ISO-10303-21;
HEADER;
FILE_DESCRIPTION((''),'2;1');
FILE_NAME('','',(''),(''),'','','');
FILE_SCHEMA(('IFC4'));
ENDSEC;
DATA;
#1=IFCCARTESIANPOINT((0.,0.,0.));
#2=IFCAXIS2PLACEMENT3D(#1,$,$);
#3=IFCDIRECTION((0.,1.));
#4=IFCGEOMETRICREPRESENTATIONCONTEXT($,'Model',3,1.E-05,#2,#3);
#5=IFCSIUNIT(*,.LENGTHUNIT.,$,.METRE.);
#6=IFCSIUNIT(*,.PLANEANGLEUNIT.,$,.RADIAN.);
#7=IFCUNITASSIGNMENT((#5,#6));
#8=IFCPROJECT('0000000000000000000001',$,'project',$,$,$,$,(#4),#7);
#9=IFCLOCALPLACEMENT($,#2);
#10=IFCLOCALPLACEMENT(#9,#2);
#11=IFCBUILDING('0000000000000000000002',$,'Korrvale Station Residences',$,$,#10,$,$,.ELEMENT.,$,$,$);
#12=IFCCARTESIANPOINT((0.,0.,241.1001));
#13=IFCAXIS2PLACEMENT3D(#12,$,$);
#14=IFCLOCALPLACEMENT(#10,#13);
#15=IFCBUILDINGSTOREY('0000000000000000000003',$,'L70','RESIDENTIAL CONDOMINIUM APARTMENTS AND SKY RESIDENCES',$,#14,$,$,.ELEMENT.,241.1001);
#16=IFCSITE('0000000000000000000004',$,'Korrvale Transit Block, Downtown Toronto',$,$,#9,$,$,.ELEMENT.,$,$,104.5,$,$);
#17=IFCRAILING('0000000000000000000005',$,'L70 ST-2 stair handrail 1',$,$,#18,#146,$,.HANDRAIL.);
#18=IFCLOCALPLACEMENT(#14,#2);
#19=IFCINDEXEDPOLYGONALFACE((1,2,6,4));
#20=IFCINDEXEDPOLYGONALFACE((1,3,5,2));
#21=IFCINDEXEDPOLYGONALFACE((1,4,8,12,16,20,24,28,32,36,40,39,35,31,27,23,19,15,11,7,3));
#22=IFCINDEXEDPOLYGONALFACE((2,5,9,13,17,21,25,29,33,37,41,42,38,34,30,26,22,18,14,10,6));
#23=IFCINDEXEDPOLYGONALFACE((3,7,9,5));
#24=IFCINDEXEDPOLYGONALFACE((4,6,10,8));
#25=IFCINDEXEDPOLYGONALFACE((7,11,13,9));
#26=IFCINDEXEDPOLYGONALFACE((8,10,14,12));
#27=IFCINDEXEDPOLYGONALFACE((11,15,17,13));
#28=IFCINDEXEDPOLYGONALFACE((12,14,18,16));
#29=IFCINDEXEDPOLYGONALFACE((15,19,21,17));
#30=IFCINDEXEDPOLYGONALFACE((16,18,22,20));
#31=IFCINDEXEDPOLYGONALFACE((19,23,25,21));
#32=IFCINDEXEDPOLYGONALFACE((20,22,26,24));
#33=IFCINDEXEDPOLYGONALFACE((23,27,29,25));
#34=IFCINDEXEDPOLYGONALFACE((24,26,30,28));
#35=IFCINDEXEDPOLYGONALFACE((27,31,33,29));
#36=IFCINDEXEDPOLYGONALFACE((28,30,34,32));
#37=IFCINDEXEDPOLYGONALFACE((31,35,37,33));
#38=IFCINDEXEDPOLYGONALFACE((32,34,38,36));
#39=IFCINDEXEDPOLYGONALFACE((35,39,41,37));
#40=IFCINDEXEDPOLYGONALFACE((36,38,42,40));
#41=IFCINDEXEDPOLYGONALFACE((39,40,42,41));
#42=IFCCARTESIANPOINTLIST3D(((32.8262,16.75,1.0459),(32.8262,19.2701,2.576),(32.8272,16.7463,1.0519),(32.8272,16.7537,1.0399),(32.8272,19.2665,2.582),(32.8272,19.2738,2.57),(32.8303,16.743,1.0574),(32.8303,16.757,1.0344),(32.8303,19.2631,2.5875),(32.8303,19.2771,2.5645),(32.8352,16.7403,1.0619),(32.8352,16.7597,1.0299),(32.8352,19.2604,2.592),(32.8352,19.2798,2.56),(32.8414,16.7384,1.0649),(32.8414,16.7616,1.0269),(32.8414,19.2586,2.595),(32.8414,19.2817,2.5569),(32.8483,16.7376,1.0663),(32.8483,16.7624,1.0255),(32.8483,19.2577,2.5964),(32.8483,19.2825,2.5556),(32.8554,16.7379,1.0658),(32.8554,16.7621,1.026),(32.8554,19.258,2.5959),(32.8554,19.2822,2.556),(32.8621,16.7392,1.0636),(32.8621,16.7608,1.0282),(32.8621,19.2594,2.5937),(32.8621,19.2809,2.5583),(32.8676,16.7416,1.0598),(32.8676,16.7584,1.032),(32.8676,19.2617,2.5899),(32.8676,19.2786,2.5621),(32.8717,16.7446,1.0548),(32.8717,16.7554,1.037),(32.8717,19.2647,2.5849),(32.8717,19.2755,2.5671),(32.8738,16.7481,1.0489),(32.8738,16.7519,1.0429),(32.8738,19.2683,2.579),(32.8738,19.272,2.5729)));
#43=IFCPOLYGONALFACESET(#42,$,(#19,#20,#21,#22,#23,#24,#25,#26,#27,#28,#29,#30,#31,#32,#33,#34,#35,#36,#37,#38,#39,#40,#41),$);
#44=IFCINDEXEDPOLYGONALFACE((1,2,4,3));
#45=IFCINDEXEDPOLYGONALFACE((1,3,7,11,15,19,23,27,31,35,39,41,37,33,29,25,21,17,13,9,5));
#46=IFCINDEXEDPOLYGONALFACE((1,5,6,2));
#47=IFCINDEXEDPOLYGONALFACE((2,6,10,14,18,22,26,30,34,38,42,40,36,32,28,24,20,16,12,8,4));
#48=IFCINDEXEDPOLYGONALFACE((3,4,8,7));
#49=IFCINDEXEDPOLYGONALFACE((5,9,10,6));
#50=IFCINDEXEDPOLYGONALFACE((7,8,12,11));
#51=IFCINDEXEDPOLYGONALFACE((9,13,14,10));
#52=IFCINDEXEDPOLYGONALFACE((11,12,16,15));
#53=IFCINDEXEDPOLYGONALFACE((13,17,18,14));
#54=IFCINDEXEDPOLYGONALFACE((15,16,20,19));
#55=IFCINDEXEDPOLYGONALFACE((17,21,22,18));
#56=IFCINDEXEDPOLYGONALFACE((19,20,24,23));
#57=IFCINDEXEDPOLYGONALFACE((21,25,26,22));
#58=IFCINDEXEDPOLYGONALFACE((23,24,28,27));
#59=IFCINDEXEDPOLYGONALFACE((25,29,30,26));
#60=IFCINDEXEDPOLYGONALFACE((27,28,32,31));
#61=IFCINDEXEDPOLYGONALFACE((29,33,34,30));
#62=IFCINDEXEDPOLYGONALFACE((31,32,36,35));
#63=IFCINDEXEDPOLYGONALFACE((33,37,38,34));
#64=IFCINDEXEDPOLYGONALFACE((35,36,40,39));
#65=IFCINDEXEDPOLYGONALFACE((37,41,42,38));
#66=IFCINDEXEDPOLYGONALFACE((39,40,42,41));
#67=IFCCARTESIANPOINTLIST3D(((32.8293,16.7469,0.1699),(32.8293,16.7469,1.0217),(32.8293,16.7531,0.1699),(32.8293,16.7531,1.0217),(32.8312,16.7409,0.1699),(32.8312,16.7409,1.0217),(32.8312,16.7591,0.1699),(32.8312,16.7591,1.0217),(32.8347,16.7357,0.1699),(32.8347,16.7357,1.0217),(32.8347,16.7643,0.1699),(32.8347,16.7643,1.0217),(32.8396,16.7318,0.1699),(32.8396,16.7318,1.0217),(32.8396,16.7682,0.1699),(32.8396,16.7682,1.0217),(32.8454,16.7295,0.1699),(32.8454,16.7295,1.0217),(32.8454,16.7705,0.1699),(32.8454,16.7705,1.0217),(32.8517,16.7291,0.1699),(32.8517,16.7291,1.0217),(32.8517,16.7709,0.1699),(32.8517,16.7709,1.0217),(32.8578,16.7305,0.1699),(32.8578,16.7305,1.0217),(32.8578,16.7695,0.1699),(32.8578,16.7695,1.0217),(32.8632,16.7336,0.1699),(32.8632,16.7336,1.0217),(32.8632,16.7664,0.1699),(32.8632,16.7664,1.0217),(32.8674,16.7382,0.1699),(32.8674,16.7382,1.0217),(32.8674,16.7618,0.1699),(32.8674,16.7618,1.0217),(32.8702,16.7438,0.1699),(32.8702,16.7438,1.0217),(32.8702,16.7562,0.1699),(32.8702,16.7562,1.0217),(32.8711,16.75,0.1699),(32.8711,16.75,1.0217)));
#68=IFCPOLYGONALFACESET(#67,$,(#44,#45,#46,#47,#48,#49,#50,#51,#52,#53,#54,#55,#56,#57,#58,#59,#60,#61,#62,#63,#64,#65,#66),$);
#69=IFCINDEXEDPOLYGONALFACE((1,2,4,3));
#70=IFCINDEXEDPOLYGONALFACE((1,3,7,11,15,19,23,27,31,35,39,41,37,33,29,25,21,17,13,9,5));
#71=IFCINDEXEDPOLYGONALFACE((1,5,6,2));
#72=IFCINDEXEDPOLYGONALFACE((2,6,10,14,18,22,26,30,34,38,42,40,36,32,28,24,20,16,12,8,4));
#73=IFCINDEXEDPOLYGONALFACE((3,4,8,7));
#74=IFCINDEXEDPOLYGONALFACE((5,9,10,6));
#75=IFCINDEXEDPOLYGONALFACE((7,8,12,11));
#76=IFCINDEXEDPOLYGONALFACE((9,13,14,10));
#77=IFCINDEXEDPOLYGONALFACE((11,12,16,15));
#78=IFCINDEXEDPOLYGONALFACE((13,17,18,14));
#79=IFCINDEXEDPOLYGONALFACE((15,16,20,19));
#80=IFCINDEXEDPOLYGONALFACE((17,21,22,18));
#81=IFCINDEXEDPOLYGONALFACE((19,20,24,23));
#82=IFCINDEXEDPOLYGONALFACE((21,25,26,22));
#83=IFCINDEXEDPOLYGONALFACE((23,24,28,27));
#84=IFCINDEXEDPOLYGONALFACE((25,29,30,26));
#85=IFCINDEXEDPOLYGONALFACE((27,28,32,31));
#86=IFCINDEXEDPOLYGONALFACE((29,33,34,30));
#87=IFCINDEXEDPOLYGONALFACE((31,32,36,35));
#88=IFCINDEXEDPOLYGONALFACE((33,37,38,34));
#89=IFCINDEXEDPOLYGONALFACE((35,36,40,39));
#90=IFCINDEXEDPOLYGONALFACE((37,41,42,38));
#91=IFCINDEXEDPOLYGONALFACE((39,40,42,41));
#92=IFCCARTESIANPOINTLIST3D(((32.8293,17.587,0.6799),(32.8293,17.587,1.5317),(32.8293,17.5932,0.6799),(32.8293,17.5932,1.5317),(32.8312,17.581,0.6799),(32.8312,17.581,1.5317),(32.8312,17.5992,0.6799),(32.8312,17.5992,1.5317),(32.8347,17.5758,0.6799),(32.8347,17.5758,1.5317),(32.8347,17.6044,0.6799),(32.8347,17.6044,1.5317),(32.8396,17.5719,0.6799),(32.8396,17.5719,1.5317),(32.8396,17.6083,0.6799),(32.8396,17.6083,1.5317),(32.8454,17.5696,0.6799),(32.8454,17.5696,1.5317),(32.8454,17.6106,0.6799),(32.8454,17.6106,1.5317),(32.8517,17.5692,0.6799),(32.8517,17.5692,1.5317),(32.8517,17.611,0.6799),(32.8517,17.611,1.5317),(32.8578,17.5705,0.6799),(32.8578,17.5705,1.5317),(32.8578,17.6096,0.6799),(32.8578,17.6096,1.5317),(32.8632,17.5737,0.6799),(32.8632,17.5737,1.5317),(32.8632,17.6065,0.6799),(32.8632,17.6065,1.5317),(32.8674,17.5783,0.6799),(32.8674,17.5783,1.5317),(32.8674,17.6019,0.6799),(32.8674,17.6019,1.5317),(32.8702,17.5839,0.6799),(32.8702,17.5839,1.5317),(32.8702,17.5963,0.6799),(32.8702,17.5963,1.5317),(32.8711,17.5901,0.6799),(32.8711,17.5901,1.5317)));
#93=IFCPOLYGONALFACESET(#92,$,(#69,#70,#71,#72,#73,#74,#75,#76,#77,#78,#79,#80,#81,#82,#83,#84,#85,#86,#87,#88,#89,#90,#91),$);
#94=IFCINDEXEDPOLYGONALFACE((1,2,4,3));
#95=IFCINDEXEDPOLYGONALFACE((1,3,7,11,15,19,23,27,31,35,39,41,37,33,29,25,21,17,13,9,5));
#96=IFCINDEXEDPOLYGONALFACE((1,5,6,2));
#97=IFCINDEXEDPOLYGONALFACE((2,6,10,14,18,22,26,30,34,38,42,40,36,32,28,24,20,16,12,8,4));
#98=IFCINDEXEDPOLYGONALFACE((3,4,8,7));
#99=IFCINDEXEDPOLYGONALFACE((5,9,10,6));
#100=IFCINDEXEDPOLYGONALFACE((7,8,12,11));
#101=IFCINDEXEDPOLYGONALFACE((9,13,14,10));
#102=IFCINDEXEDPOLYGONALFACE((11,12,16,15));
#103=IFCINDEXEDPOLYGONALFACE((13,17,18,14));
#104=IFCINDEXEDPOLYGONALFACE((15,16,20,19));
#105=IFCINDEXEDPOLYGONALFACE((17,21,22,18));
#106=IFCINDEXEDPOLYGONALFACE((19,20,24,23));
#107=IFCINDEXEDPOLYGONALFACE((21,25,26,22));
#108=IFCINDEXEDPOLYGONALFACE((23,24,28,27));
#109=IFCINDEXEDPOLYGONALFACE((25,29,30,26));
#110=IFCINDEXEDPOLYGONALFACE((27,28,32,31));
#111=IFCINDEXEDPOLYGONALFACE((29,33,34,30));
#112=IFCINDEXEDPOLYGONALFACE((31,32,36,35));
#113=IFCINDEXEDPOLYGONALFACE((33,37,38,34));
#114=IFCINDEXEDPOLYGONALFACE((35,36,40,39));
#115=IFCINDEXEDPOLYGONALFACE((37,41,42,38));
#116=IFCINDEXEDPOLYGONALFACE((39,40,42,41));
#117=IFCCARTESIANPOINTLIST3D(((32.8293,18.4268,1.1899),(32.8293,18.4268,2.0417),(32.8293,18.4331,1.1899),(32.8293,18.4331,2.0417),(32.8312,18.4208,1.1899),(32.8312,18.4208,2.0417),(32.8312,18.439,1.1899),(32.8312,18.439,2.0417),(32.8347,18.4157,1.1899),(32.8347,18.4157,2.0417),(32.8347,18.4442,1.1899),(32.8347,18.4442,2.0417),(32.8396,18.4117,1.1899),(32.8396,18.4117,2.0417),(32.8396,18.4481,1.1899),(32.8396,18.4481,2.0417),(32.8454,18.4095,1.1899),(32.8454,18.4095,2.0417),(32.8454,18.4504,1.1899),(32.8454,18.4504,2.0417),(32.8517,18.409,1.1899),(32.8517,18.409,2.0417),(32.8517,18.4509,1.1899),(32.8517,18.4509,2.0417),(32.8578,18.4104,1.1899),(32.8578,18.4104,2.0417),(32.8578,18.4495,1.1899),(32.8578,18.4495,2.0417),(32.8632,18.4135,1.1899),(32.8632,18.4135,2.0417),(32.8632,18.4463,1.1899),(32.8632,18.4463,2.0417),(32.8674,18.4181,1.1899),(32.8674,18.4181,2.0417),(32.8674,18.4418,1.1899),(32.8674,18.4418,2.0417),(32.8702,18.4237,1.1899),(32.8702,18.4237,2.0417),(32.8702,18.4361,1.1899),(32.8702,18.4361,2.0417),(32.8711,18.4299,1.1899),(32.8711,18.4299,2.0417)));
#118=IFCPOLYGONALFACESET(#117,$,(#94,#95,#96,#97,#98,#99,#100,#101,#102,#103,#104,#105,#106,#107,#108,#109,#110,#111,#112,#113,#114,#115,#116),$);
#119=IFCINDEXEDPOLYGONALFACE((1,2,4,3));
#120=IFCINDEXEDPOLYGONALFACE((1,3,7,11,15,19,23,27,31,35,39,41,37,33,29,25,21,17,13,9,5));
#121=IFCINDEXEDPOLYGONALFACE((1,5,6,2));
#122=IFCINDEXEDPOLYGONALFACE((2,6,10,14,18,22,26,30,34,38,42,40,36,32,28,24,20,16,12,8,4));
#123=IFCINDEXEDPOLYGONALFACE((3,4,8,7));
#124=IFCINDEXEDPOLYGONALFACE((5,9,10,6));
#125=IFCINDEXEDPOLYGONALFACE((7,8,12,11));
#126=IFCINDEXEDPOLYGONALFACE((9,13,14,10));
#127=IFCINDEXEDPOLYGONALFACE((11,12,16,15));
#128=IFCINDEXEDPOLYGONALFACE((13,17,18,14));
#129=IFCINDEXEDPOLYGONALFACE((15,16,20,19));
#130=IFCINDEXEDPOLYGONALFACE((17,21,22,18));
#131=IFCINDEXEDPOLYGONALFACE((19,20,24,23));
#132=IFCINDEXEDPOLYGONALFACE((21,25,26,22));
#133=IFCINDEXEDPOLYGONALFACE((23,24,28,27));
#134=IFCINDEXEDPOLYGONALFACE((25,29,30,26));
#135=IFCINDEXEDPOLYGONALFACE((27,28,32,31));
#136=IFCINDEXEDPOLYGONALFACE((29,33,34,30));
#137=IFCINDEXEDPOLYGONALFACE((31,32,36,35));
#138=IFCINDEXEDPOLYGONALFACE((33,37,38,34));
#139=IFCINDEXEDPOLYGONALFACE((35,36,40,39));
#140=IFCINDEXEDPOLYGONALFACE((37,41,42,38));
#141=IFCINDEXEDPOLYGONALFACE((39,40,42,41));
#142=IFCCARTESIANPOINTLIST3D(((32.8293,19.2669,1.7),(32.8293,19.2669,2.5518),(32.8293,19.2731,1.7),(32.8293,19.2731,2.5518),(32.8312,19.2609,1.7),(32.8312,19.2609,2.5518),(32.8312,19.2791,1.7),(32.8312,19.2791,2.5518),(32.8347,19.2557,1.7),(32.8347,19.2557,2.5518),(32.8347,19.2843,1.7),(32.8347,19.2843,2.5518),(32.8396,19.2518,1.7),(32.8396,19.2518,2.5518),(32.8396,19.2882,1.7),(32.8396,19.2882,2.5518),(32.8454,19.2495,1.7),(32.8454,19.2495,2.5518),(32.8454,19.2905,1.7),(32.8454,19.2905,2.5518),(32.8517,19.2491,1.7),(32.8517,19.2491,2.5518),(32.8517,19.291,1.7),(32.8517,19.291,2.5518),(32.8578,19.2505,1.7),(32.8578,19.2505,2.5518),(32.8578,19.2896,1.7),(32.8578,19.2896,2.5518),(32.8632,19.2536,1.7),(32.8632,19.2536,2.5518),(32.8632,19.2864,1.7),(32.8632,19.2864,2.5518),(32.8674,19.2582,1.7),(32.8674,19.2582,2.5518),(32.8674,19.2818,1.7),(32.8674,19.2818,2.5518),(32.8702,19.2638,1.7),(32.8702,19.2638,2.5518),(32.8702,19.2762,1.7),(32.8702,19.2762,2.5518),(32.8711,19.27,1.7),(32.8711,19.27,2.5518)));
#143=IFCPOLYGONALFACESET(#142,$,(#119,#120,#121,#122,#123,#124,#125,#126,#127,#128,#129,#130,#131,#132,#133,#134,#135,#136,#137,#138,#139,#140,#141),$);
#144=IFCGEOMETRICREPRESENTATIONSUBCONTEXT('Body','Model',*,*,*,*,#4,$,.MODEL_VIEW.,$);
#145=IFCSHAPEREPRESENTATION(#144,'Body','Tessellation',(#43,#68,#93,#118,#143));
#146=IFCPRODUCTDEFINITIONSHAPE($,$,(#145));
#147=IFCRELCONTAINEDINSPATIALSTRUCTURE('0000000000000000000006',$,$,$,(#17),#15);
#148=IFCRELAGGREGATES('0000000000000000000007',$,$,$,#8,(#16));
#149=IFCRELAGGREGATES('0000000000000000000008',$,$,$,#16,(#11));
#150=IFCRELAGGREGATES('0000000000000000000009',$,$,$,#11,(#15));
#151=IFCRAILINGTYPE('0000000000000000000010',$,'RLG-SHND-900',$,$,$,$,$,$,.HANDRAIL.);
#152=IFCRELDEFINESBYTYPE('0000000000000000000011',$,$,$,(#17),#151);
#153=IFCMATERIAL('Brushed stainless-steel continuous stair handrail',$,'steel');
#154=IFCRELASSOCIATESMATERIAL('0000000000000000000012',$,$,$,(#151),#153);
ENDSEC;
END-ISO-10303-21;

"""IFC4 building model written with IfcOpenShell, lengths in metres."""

from ifc_helpers import new_model, si_unit, direction, frame, origin, origin_2d, place, context, subcontext, project, spatial, circle, extrude, material, type_object, element, save


model = new_model("IFC4")

# Units and contexts
model_context = context("Model", 3, precision=1e-05, world=origin(), true_north=direction((0.0, 1.0)))
body_context = subcontext(model_context, "Body", "Model", "MODEL_VIEW")
ifc_project = project(units=[si_unit("LENGTHUNIT", "METRE"), si_unit("PLANEANGLEUNIT", "RADIAN")], contexts=[model_context])

# Site, building, storey
site_placement = place(None, origin())
site = spatial("IfcSite", under=ifc_project, at=site_placement, Name="Korrvale Transit Block, Downtown Toronto", CompositionType="ELEMENT", RefElevation=104.5)
building_placement = place(site_placement, origin())
building = spatial("IfcBuilding", under=site, at=building_placement, Name="Korrvale Station Residences", CompositionType="ELEMENT")
storey_placement = place(building_placement, frame((0.0, 0.0, 241.1001)))
storey = spatial("IfcBuildingStorey", under=building, at=storey_placement, Name="L70", Description="RESIDENTIAL CONDOMINIUM APARTMENTS AND SKY RESIDENCES", CompositionType="ELEMENT", Elevation=241.1001)

# Railing
ifc_material_1 = material(Name="Brushed stainless-steel continuous stair handrail", Category="steel")
railing_type = type_object("IfcRailingType", Name="RLG-SHND-900", PredefinedType="HANDRAIL", material=ifc_material_1)
railing_placement = place(storey_placement, frame((32.8501, 16.75, 0.1699)))
element("IfcRailing", 1, at=railing_placement, inside=storey, type_object=railing_type, Name="L70 ST-2 stair handrail 1", PredefinedType="HANDRAIL", context=body_context, shape_type="SweptSolid", body=[
    extrude(circle(Radius=0.0239, at=origin_2d()), frame((0.0, 0.0, 0.876), z_axis=(0.0, 0.854785, 0.518982), x_axis=(-1.0, 0.0, 0.0)), (0.0, 0.0, 1.0), 2.9482),
    extrude(circle(Radius=0.021, at=origin_2d()), origin(), (0.0, 0.0, 1.0), 0.8518),
    extrude(circle(Radius=0.021, at=origin_2d()), frame((0.0, 0.8401, 0.51)), (0.0, 0.0, 1.0), 0.8518),
    extrude(circle(Radius=0.021, at=origin_2d()), frame((0.0, 1.6799, 1.02)), (0.0, 0.0, 1.0), 0.8518),
    extrude(circle(Radius=0.021, at=origin_2d()), frame((0.0, 2.52, 1.53)), (0.0, 0.0, 1.0), 0.8518),
])

save(model, "model.ifc")
